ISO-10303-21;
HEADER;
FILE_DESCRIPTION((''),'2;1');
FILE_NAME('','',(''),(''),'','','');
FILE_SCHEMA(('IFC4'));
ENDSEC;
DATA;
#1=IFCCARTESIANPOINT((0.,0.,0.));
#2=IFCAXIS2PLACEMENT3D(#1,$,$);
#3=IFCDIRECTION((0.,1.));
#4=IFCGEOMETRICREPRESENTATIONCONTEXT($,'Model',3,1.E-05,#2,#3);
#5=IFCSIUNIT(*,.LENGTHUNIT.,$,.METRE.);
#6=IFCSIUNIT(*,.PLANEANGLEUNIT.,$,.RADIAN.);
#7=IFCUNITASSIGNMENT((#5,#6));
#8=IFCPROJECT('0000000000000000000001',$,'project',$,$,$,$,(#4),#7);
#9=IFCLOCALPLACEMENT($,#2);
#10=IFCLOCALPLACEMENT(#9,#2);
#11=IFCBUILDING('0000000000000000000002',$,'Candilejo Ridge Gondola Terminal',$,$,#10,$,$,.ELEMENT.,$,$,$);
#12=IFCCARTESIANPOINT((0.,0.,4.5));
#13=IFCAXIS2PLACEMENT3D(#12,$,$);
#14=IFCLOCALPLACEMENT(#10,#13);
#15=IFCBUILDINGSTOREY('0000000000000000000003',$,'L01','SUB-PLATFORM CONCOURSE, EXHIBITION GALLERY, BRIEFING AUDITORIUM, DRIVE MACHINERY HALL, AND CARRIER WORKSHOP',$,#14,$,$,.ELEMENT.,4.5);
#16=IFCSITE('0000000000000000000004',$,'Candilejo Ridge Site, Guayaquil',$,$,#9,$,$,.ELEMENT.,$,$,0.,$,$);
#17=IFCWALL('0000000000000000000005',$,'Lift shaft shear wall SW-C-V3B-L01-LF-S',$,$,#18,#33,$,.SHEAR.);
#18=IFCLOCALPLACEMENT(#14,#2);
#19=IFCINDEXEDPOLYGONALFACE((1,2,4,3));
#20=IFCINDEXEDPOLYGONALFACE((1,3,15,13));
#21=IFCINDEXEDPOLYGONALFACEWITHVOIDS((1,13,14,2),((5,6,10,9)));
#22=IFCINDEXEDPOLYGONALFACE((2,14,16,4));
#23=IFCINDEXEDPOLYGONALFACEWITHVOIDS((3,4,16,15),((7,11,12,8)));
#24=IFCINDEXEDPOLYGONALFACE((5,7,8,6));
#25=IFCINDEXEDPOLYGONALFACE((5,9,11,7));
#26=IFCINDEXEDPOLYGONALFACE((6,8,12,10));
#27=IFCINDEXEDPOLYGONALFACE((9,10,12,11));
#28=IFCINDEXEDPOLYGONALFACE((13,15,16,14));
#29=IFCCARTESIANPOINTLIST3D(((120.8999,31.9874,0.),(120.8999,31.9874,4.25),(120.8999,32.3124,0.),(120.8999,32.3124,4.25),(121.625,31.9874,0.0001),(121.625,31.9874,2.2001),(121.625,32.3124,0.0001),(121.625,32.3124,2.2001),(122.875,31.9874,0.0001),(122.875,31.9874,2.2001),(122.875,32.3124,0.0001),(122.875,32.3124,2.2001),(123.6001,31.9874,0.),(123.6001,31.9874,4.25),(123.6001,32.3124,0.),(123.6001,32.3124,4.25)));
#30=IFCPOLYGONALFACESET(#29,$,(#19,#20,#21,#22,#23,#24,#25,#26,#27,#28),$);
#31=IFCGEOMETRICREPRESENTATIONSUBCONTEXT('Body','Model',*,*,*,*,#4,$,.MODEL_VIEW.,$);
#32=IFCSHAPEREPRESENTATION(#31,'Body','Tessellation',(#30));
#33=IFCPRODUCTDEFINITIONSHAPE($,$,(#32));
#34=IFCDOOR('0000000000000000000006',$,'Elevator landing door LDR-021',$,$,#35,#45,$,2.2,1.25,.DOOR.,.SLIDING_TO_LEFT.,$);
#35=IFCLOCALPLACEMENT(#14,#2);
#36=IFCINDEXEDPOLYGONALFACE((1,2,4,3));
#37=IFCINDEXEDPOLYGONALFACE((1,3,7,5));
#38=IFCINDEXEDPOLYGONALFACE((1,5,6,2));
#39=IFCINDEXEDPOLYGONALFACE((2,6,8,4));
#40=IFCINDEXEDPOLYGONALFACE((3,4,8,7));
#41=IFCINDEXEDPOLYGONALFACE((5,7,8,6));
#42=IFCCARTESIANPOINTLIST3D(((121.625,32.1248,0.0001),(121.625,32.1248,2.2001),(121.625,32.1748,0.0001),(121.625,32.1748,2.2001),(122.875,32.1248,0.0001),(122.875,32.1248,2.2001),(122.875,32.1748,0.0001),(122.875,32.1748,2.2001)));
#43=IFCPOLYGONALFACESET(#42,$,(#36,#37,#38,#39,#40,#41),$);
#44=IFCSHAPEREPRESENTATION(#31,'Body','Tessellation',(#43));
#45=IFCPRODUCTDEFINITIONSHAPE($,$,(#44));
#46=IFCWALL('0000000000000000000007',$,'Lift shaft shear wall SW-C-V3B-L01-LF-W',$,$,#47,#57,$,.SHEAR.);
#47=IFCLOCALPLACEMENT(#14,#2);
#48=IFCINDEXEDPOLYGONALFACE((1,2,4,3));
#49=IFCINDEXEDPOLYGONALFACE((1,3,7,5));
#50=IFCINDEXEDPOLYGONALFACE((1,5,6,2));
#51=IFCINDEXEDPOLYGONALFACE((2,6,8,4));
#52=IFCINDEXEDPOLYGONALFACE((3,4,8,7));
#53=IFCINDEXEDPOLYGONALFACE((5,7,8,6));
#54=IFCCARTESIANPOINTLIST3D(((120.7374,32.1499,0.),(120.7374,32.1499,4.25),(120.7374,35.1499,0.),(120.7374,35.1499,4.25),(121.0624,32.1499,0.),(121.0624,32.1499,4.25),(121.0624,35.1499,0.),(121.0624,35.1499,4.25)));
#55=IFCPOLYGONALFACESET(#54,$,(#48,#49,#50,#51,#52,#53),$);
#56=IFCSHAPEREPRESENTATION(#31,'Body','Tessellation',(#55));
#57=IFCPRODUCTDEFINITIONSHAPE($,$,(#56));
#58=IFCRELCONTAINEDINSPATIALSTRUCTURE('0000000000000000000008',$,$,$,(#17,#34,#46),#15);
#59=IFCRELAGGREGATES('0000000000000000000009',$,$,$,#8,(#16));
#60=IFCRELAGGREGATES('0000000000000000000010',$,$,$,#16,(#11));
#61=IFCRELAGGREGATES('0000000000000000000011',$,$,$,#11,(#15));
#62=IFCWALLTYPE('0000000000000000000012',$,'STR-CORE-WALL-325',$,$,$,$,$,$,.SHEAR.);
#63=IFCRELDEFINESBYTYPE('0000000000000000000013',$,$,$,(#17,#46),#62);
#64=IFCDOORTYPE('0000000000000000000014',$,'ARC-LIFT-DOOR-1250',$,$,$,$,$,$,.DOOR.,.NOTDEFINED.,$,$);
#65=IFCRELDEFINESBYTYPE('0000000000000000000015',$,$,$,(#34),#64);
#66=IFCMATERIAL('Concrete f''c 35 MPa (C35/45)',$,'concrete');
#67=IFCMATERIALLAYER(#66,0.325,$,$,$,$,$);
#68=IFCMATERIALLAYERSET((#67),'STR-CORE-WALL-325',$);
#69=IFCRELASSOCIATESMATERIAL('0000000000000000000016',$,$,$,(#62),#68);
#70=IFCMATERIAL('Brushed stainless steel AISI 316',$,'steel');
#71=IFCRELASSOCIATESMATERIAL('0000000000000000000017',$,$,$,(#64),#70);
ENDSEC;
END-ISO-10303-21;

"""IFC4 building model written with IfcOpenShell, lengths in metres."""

from ifc_helpers import new_model, si_unit, direction, frame, frame_2d, origin, place, context, subcontext, project, spatial, rectangle, extrude, material, layer, layer_set, type_object, element, fill, save


model = new_model("IFC4")

# Units and contexts
model_context = context("Model", 3, precision=1e-05, world=origin(), true_north=direction((0.0, 1.0)))
body_context = subcontext(model_context, "Body", "Model", "MODEL_VIEW")
ifc_project = project(units=[si_unit("LENGTHUNIT", "METRE"), si_unit("PLANEANGLEUNIT", "RADIAN")], contexts=[model_context])

# Site, building, storey
site_placement = place(None, origin())
site = spatial("IfcSite", under=ifc_project, at=site_placement, Name="Candilejo Ridge Site, Guayaquil", CompositionType="ELEMENT", RefElevation=0.0)
building_placement = place(site_placement, origin())
building = spatial("IfcBuilding", under=site, at=building_placement, Name="Candilejo Ridge Gondola Terminal", CompositionType="ELEMENT")
storey_placement = place(building_placement, frame((0.0, 0.0, 4.5)))
storey = spatial("IfcBuildingStorey", under=building, at=storey_placement, Name="L01", Description="SUB-PLATFORM CONCOURSE, EXHIBITION GALLERY, BRIEFING AUDITORIUM, DRIVE MACHINERY HALL, AND CARRIER WORKSHOP", CompositionType="ELEMENT", Elevation=4.5)

# Wall, opening, door
ifc_material_1 = material(Name="Concrete f'c 35 MPa (C35/45)", Category="concrete")
ifc_layer_1 = layer(ifc_material_1, 0.325)
ifc_layer_set_1 = layer_set([ifc_layer_1], Name="STR-CORE-WALL-325")
wall_type = type_object("IfcWallType", Name="STR-CORE-WALL-325", PredefinedType="SHEAR", material=ifc_layer_set_1)
wall_1_placement = place(storey_placement, frame((120.8999, 32.1499, 0.0), z_axis=(0.0, 0.0, 1.0), x_axis=(1.0, 0.0, 0.0)))
wall_1 = element("IfcWall", 1, at=wall_1_placement, inside=storey, type_object=wall_type, Name="Lift shaft shear wall SW-C-V3B-L01-LF-S", PredefinedType="SHEAR", context=body_context, shape_type="SweptSolid", body=[
    extrude(rectangle(XDim=2.7002, YDim=0.325, at=frame_2d((1.3501, 0.0))), origin(), (0.0, 0.0, 1.0), 4.25),
])
opening_placement = place(wall_1_placement, frame((0.7251, 0.0, 0.0)))
opening = element("IfcOpeningElement", 2, at=opening_placement, cuts=wall_1, PredefinedType="OPENING", context=body_context, shape_type="SweptSolid", body=[
    extrude(rectangle(XDim=1.25, YDim=2.2, at=frame_2d((0.625, 1.1001))), frame((0.0, 0.1724, 0.0), z_axis=(0.0, -1.0, 0.0), x_axis=(1.0, 0.0, 0.0)), (0.0, 0.0, 1.0), 0.345),
])
ifc_material_2 = material(Name="Brushed stainless steel AISI 316", Category="steel")
door_type = type_object("IfcDoorType", Name="ARC-LIFT-DOOR-1250", OperationType="NOTDEFINED", PredefinedType="DOOR", material=ifc_material_2)
door_placement = place(opening_placement, origin())
door = element("IfcDoor", 3, at=door_placement, inside=storey, type_object=door_type, Name="Elevator landing door LDR-021", OperationType="SLIDING_TO_LEFT", OverallHeight=2.2, OverallWidth=1.25, PredefinedType="DOOR", context=body_context, shape_type="SweptSolid", body=[
    extrude(rectangle(XDim=1.25, YDim=2.2, at=frame_2d((0.625, 1.1001))), frame((0.0, 0.0249, 0.0), z_axis=(0.0, -1.0, 0.0), x_axis=(1.0, 0.0, 0.0)), (0.0, 0.0, 1.0), 0.05),
])
fill(opening, door)

# Wall
wall_2_placement = place(storey_placement, frame((120.8999, 32.1499, 0.0), z_axis=(0.0, 0.0, 1.0), x_axis=(0.0, 1.0, 0.0)))
element("IfcWall", 4, at=wall_2_placement, inside=storey, type_object=wall_type, Name="Lift shaft shear wall SW-C-V3B-L01-LF-W", PredefinedType="SHEAR", context=body_context, shape_type="SweptSolid", body=[
    extrude(rectangle(XDim=3.0, YDim=0.325, at=frame_2d((1.5, 0.0))), origin(), (0.0, 0.0, 1.0), 4.25),
])

save(model, "model.ifc")
